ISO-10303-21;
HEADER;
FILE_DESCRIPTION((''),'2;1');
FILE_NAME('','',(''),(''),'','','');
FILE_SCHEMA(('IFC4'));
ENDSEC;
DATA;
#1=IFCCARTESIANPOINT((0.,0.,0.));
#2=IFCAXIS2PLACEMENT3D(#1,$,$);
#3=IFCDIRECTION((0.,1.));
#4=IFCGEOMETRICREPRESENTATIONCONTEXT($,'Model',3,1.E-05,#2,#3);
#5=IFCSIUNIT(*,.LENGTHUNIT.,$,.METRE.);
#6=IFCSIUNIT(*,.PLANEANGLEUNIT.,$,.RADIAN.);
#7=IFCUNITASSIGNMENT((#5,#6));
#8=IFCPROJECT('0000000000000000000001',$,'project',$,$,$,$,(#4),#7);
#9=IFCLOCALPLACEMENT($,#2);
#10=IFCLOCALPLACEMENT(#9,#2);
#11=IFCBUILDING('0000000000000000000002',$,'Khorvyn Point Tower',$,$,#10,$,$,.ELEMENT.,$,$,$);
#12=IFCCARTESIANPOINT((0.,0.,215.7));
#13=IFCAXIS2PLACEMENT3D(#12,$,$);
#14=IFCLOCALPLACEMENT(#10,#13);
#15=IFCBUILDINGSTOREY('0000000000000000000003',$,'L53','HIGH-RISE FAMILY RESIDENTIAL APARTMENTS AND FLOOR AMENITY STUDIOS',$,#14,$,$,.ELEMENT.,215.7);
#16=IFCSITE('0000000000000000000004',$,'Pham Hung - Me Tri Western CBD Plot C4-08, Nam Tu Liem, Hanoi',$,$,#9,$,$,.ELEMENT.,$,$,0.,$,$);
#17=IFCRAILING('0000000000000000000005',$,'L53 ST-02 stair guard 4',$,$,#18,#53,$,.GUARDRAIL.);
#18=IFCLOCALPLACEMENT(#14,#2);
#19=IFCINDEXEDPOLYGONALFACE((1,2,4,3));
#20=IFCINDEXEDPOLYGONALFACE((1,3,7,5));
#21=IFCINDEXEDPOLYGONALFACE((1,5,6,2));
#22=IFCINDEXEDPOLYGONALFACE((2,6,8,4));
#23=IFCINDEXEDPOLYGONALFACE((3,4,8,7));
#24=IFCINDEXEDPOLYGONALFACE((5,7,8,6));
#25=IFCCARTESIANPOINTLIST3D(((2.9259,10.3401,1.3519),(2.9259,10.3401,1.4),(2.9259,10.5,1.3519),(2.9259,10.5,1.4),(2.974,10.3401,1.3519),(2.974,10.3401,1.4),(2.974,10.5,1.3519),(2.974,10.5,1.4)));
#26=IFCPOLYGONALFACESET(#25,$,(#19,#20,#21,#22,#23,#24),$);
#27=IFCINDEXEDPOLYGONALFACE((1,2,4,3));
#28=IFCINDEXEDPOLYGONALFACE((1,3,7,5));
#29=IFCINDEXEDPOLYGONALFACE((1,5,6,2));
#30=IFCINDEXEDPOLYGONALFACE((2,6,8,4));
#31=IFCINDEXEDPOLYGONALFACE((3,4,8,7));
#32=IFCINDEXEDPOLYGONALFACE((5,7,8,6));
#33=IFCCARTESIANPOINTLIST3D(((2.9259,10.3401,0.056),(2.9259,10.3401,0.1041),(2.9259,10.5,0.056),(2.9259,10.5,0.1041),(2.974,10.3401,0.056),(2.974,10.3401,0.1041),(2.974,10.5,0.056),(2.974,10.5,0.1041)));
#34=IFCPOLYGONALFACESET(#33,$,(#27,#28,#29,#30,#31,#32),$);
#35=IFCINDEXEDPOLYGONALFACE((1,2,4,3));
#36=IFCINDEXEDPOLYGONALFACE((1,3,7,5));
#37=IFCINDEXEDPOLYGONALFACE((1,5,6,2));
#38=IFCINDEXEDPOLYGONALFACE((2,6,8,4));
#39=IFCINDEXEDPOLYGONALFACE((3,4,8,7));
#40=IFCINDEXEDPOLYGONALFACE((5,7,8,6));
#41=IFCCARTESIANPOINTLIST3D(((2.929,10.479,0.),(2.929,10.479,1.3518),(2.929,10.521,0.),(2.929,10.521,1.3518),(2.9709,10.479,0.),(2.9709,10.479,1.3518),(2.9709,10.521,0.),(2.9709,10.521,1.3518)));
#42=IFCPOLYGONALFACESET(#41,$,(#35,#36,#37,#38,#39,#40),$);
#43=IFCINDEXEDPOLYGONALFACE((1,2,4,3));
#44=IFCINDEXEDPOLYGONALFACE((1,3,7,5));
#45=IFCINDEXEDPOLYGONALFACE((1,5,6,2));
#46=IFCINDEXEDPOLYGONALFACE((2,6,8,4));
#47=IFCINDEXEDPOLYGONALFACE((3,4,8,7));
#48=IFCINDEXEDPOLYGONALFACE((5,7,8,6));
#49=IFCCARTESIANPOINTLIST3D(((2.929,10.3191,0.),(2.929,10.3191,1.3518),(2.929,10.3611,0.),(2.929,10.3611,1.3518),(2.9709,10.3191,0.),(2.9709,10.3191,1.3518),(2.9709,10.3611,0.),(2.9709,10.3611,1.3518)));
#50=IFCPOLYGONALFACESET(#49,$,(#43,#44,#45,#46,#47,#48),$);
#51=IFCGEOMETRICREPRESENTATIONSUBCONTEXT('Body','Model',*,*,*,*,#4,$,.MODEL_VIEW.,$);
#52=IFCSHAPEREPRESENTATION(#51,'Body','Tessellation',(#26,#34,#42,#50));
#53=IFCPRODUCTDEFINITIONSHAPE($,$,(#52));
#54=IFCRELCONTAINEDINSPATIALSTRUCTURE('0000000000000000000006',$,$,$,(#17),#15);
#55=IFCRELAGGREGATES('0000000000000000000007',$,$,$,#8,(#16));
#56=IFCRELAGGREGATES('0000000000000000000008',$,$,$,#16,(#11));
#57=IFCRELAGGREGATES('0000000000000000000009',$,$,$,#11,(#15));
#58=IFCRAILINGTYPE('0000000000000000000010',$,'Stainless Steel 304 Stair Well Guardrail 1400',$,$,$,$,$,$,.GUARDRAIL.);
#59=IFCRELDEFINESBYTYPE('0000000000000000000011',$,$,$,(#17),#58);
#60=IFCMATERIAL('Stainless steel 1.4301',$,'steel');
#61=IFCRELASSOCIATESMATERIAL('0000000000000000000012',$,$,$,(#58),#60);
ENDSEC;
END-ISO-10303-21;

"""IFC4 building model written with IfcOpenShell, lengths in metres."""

from ifc_helpers import new_model, si_unit, direction, frame, origin, origin_2d, place, context, subcontext, project, spatial, rectangle, extrude, material, type_object, element, save


model = new_model("IFC4")

# Units and contexts
model_context = context("Model", 3, precision=1e-05, world=origin(), true_north=direction((0.0, 1.0)))
body_context = subcontext(model_context, "Body", "Model", "MODEL_VIEW")
ifc_project = project(units=[si_unit("LENGTHUNIT", "METRE"), si_unit("PLANEANGLEUNIT", "RADIAN")], contexts=[model_context])

# Site, building, storey
site_placement = place(None, origin())
site = spatial("IfcSite", under=ifc_project, at=site_placement, Name="Pham Hung - Me Tri Western CBD Plot C4-08, Nam Tu Liem, Hanoi", CompositionType="ELEMENT", RefElevation=0.0)
building_placement = place(site_placement, origin())
building = spatial("IfcBuilding", under=site, at=building_placement, Name="Khorvyn Point Tower", CompositionType="ELEMENT")
storey_placement = place(building_placement, frame((0.0, 0.0, 215.7)))
storey = spatial("IfcBuildingStorey", under=building, at=storey_placement, Name="L53", Description="HIGH-RISE FAMILY RESIDENTIAL APARTMENTS AND FLOOR AMENITY STUDIOS", CompositionType="ELEMENT", Elevation=215.7)

# Railing
ifc_material_1 = material(Name="Stainless steel 1.4301", Category="steel")
railing_type_1 = type_object("IfcRailingType", Name="Stainless Steel 304 Stair Well Guardrail 1400", PredefinedType="GUARDRAIL", material=ifc_material_1)
railing_1_placement = place(storey_placement, frame((2.95, 10.5, 0.0)))
element("IfcRailing", 1, at=railing_1_placement, inside=storey, type_object=railing_type_1, Name="L53 ST-02 stair guard 4", PredefinedType="GUARDRAIL", context=body_context, shape_type="SweptSolid", body=[
    extrude(rectangle(XDim=0.0481, YDim=0.0481, at=origin_2d()), frame((0.0, 0.0, 1.376), z_axis=(0.0, -1.0, 0.0), x_axis=(1.0, 0.0, 0.0)), (0.0, 0.0, 1.0), 0.1599),
    extrude(rectangle(XDim=0.0481, YDim=0.0481, at=origin_2d()), frame((0.0, 0.0, 0.0801), z_axis=(0.0, -1.0, 0.0), x_axis=(1.0, 0.0, 0.0)), (0.0, 0.0, 1.0), 0.1599),
    extrude(rectangle(XDim=0.042, YDim=0.042, at=origin_2d()), origin(), (0.0, 0.0, 1.0), 1.3518),
    extrude(rectangle(XDim=0.042, YDim=0.042, at=origin_2d()), frame((0.0, -0.1599, 0.0)), (0.0, 0.0, 1.0), 1.3518),
])

save(model, "model.ifc")
